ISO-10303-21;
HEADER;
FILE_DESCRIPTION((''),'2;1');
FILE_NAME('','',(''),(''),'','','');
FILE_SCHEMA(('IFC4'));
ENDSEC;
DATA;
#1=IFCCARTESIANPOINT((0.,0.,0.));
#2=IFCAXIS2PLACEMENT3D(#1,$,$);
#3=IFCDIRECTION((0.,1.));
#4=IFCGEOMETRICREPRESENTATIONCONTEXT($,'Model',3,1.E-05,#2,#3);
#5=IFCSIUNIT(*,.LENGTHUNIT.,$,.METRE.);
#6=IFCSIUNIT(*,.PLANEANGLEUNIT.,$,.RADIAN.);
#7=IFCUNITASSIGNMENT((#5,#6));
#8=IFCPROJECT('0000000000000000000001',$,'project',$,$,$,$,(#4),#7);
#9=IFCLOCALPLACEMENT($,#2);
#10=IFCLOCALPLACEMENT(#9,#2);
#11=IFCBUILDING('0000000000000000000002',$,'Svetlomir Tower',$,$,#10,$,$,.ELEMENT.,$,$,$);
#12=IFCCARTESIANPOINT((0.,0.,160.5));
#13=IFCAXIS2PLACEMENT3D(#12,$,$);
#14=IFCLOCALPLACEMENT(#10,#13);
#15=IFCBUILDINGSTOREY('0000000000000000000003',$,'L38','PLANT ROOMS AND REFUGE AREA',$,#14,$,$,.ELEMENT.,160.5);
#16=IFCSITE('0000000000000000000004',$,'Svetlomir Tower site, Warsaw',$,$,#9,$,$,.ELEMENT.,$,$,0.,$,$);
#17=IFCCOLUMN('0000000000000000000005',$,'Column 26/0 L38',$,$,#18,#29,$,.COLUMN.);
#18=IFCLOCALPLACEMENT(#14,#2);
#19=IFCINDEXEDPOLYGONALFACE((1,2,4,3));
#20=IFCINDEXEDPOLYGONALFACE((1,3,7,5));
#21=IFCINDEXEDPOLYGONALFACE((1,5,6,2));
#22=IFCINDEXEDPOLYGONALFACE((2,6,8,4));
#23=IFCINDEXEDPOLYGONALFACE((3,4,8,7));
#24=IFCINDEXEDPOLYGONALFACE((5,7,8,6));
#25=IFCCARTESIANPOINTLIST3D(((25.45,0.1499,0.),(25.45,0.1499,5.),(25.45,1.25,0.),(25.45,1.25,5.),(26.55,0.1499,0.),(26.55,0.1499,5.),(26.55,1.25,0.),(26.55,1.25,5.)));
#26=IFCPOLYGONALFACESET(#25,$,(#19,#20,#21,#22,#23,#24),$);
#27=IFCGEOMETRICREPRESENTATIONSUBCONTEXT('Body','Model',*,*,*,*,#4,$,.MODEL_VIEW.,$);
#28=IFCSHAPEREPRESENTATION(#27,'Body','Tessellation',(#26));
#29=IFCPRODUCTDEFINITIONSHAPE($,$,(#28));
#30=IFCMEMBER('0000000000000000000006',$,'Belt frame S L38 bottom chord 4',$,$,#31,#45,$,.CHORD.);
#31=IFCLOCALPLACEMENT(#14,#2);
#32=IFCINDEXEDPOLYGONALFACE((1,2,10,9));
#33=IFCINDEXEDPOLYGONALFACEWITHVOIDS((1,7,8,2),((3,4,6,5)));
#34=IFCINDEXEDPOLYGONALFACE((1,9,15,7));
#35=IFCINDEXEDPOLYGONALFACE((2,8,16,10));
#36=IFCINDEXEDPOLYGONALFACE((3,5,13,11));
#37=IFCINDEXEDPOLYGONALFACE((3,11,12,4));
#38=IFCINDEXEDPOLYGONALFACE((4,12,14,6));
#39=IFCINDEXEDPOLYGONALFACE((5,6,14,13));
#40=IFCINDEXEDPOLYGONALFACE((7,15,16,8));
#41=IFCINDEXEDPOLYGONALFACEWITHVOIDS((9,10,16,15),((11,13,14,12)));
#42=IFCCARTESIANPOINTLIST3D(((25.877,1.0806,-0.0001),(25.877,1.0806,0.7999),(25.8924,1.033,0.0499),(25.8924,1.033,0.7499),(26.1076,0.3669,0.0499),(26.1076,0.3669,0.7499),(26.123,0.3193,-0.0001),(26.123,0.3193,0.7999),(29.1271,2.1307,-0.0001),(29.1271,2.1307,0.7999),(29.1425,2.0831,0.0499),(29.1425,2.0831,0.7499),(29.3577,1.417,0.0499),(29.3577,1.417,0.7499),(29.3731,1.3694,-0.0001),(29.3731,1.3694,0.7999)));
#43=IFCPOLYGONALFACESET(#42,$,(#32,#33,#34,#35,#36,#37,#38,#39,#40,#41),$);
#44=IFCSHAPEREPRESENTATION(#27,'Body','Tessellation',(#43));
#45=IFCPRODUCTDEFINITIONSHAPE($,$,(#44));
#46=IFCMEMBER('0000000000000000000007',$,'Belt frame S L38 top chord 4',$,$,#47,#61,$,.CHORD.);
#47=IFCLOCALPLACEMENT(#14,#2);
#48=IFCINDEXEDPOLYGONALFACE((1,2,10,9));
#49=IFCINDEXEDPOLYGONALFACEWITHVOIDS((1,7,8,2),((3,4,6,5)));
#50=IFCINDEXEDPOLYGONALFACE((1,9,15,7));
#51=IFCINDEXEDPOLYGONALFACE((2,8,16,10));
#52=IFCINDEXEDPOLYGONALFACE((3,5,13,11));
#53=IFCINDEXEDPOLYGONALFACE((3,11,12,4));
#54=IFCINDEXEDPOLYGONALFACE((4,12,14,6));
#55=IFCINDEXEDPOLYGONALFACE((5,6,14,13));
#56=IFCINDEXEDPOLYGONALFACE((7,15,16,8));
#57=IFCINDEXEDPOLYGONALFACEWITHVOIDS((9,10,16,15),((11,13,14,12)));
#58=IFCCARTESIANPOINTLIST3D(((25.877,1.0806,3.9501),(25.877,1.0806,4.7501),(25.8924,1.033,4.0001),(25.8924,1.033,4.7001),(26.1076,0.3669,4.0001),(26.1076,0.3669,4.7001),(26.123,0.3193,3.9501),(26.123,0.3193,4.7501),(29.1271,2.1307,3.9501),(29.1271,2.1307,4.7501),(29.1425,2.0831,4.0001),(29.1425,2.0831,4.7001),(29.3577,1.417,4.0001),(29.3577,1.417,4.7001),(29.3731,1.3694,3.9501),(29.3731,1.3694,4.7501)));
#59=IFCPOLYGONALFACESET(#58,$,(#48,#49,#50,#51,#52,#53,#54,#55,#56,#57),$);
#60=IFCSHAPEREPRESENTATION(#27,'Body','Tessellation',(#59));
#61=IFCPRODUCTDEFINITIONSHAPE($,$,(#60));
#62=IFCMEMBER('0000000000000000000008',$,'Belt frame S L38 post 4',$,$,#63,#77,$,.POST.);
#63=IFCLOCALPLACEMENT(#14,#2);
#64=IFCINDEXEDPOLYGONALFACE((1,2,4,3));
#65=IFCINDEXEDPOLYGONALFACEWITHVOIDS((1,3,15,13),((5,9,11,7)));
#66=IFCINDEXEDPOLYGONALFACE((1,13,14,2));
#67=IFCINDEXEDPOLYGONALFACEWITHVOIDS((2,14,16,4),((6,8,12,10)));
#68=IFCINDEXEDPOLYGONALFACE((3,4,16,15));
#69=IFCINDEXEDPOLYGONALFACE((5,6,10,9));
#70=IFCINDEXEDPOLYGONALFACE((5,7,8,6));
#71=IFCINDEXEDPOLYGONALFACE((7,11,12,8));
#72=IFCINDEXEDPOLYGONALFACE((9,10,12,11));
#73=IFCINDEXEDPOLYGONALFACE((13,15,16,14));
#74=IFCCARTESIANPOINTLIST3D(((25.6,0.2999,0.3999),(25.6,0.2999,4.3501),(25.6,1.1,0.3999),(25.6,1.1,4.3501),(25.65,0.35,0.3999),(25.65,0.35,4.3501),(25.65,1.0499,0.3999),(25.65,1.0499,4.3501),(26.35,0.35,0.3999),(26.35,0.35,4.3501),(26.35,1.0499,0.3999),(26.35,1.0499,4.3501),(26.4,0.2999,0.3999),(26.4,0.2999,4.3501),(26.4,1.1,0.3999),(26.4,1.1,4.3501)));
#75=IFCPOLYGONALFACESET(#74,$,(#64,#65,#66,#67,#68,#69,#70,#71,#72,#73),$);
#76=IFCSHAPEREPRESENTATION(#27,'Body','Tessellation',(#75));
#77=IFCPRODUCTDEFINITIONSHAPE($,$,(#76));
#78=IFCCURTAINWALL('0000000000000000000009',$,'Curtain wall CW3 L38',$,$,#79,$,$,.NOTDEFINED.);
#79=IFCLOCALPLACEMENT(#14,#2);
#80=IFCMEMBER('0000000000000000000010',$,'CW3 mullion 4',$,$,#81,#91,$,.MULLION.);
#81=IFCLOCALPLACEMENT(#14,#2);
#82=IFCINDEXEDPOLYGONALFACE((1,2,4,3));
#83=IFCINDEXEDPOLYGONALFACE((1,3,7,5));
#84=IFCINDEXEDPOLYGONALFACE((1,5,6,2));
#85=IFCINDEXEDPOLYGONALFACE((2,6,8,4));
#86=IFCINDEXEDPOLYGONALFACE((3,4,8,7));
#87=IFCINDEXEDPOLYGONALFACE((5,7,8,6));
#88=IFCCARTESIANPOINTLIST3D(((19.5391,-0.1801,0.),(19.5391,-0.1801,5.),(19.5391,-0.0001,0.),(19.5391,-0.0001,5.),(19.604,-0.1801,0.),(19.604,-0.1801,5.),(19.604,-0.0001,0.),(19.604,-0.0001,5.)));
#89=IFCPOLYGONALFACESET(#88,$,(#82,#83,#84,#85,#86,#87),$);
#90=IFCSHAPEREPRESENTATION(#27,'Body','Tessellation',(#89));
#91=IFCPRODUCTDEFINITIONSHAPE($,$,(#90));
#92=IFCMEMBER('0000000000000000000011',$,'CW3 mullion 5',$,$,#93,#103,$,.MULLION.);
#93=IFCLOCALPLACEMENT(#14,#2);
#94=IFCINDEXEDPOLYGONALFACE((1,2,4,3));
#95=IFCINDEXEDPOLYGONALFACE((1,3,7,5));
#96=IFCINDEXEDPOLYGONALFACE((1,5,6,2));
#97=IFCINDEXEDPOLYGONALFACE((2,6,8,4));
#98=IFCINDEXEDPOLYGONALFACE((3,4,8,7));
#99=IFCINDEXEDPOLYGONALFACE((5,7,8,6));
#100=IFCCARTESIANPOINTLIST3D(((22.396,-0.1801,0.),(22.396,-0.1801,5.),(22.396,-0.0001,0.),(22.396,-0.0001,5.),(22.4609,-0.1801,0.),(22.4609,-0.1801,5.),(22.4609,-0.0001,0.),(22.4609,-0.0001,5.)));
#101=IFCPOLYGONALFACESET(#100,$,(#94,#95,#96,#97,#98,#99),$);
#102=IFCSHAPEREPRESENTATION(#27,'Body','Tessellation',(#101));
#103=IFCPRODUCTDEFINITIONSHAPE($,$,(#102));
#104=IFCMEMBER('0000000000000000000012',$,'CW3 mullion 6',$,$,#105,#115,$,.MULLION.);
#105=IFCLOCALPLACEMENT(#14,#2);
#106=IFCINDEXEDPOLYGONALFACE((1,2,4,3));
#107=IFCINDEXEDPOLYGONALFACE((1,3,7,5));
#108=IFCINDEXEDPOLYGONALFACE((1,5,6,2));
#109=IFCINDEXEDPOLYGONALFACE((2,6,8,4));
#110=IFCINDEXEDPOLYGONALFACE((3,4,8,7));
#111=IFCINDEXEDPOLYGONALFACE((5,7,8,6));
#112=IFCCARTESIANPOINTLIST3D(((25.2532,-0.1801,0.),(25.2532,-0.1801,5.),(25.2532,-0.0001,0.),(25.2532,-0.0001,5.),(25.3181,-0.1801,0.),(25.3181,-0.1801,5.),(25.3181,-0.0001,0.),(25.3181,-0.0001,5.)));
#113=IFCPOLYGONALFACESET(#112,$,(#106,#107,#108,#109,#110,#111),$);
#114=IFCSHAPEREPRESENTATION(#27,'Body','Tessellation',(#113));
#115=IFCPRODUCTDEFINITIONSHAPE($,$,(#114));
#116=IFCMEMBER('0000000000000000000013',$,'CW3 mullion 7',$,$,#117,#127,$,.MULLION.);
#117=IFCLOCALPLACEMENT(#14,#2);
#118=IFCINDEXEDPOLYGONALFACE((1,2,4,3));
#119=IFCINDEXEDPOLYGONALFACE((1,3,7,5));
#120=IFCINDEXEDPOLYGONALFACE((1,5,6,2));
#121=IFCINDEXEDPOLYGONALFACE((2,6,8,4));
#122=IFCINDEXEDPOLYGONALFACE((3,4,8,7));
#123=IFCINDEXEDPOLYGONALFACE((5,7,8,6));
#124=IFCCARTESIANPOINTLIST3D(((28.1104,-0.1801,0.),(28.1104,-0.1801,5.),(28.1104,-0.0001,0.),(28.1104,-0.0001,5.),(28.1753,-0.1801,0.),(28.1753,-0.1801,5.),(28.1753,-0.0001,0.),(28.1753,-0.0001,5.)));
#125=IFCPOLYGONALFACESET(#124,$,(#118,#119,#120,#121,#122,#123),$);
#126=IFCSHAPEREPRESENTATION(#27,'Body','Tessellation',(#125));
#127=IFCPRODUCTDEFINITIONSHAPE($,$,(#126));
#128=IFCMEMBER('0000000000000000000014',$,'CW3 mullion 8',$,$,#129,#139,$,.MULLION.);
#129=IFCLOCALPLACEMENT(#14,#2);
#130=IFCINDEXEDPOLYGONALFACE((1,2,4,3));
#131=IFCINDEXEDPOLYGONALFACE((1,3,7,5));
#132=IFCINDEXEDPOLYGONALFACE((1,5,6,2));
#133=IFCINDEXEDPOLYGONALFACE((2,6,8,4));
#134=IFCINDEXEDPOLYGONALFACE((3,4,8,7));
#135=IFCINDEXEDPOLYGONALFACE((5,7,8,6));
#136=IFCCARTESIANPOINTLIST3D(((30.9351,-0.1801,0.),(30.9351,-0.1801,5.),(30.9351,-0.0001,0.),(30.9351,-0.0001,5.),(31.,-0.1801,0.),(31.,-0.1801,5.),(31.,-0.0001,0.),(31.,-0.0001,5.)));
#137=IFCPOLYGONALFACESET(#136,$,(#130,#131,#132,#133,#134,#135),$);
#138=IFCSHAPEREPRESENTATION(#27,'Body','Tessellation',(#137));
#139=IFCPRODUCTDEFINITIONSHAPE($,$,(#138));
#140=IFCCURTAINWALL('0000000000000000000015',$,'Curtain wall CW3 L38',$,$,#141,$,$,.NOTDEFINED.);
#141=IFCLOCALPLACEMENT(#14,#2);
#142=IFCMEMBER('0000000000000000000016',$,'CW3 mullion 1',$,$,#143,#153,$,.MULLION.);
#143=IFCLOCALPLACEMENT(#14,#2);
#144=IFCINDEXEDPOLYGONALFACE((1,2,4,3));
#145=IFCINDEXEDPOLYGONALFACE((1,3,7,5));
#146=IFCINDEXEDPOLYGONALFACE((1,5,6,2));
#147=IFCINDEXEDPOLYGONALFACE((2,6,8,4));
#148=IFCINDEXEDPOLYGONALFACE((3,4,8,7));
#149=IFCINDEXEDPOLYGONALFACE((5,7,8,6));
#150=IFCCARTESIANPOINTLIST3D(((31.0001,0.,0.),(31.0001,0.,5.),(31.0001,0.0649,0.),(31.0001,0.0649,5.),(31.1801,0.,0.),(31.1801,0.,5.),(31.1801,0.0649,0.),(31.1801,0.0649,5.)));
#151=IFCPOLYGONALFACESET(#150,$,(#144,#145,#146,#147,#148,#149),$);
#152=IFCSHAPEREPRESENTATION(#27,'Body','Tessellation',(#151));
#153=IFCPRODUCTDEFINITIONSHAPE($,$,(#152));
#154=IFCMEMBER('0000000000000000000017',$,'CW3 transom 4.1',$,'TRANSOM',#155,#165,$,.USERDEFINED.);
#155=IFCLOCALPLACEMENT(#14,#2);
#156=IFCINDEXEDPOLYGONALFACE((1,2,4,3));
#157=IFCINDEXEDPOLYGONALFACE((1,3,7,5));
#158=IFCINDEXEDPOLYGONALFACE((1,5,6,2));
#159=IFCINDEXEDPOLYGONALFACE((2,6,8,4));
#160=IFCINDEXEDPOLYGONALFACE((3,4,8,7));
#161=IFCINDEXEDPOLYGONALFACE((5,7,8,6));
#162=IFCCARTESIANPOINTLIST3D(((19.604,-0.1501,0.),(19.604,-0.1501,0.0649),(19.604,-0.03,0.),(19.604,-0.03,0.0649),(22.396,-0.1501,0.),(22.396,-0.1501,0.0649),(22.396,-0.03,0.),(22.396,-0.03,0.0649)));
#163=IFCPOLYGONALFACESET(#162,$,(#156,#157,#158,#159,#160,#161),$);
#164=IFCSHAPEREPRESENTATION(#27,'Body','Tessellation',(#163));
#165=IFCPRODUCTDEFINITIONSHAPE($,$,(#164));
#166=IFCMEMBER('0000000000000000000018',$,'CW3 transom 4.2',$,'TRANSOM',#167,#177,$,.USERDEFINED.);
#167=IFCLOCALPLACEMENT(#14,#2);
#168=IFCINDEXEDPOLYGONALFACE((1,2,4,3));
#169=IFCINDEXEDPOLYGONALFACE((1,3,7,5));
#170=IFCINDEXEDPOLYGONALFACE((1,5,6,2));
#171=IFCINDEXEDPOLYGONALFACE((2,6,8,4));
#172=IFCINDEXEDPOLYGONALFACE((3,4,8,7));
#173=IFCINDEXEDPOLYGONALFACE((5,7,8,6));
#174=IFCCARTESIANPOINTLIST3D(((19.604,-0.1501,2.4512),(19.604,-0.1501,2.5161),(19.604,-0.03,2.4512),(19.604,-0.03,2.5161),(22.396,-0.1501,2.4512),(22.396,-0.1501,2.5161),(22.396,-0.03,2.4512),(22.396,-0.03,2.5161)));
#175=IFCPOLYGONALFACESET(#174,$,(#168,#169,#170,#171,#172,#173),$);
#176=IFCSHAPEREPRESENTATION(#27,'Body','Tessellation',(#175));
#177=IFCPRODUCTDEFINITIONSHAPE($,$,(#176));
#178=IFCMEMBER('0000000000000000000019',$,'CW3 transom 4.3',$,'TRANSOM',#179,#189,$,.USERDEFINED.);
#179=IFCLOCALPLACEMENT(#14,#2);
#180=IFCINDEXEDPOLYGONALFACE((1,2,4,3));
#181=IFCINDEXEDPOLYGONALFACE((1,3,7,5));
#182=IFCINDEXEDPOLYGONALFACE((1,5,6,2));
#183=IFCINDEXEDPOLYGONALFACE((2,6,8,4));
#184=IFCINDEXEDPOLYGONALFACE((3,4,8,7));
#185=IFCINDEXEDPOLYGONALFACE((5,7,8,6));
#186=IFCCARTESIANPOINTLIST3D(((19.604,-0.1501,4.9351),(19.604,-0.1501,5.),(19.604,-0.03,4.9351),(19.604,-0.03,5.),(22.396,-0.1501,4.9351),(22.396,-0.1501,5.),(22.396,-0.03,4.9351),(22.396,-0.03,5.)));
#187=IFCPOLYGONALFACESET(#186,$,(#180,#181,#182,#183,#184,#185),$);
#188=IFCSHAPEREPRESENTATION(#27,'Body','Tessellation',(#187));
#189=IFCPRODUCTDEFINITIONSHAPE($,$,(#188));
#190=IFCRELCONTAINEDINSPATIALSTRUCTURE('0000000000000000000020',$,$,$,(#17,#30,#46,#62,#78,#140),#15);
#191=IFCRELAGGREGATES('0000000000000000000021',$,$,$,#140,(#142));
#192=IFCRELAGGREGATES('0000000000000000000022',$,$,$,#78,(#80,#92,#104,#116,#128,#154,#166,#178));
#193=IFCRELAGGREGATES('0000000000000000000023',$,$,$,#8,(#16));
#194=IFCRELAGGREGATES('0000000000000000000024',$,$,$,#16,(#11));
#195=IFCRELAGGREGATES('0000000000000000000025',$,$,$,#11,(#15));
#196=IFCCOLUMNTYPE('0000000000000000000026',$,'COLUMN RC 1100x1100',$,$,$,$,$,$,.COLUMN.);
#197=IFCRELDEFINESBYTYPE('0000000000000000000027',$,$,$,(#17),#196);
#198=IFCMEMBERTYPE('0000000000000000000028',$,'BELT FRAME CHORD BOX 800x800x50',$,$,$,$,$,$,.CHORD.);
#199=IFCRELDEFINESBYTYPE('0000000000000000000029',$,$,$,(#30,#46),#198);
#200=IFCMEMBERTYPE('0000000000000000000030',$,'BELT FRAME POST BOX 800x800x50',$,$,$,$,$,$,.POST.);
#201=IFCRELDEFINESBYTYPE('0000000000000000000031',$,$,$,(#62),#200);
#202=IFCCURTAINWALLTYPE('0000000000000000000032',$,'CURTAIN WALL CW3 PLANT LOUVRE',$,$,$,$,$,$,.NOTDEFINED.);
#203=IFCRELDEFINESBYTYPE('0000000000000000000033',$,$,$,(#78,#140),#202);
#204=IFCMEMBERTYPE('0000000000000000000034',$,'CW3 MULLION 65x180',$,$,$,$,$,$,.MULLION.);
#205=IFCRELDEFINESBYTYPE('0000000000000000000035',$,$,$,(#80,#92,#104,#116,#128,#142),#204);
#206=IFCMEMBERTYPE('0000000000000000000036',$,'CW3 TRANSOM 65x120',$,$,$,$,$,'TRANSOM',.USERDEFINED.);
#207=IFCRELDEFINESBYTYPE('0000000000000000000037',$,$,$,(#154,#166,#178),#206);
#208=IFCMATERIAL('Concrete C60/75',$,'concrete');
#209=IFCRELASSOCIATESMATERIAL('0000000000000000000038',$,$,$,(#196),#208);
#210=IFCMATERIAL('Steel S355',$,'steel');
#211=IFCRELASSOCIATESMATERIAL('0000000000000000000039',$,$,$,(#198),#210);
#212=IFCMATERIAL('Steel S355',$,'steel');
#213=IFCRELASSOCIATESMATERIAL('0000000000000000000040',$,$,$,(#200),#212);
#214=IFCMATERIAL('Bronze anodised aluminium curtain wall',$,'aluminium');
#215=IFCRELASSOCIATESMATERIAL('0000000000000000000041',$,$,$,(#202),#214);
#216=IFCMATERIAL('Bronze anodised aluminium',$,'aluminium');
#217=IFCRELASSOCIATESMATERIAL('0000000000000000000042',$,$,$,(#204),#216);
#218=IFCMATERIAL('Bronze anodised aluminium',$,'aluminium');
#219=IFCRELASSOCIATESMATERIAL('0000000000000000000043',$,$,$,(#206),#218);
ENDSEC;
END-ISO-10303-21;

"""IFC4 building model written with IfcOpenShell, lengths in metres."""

from ifc_helpers import new_model, si_unit, direction, frame, origin, origin_2d, place, context, subcontext, project, spatial, rectangle, hollow_rectangle, extrude, material, material_profile, profile_set, type_object, element, aggregate, save


model = new_model("IFC4")

# Units and contexts
model_context = context("Model", 3, precision=1e-05, world=origin(), true_north=direction((0.0, 1.0)))
body_context = subcontext(model_context, "Body", "Model", "MODEL_VIEW")
ifc_project = project(units=[si_unit("LENGTHUNIT", "METRE"), si_unit("PLANEANGLEUNIT", "RADIAN")], contexts=[model_context])

# Site, building, storey
site_placement = place(None, origin())
site = spatial("IfcSite", under=ifc_project, at=site_placement, Name="Svetlomir Tower site, Warsaw", CompositionType="ELEMENT", RefElevation=0.0)
building_placement = place(site_placement, origin())
building = spatial("IfcBuilding", under=site, at=building_placement, Name="Svetlomir Tower", CompositionType="ELEMENT")
storey_placement = place(building_placement, frame((0.0, 0.0, 160.5)))
storey = spatial("IfcBuildingStorey", under=building, at=storey_placement, Name="L38", Description="PLANT ROOMS AND REFUGE AREA", CompositionType="ELEMENT", Elevation=160.5)

# Column
ifc_material_1 = material(Name="Concrete C60/75", Category="concrete")
ifc_material_profile_1 = material_profile(ifc_material_1, rectangle(XDim=1.1001, YDim=1.1001, at=origin_2d()), Name="RC 1100x1100")
ifc_profile_set_1 = profile_set([ifc_material_profile_1], Name="Concrete C60/75")
column_type = type_object("IfcColumnType", Name="COLUMN RC 1100x1100", PredefinedType="COLUMN", material=ifc_profile_set_1)
column_placement = place(storey_placement, frame((26.0, 0.7, 0.0), z_axis=(0.0, 0.0, 1.0), x_axis=(1.0, 0.0, 0.0)))
element("IfcColumn", 1, at=column_placement, inside=storey, type_object=column_type, Name="Column 26/0 L38", PredefinedType="COLUMN", context=body_context, shape_type="SweptSolid", body=[
    extrude(rectangle(XDim=1.1001, YDim=1.1001, at=origin_2d()), origin(), (0.0, 0.0, 1.0), 5.0),
])

# Members
ifc_material_2 = material(Name="Steel S355", Category="steel")
ifc_material_profile_2 = material_profile(ifc_material_2, hollow_rectangle(XDim=0.8, YDim=0.8, WallThickness=0.05, at=origin_2d()), Name="BOX 800x800x50")
ifc_profile_set_2 = profile_set([ifc_material_profile_2], Name="Steel S355")
member_type_1 = type_object("IfcMemberType", Name="BELT FRAME CHORD BOX 800x800x50", PredefinedType="CHORD", material=ifc_profile_set_2)
for number, where, z_axis, x_axis, name in (
    (2, (26.0, 0.7, 0.3999), (0.951566, 0.307443, 0.0), (-0.307443, 0.951566, 0.0), "Belt frame S L38 bottom chord 4"),
    (3, (26.0, 0.7, 4.3501), (0.951566, 0.307443, 0.0), (-0.307443, 0.951566, 0.0), "Belt frame S L38 top chord 4"),
):
    element("IfcMember", number, at=place(storey_placement, frame(where, z_axis=z_axis, x_axis=x_axis)), inside=storey, type_object=member_type_1, Name=name, PredefinedType="CHORD", context=body_context, shape_type="SweptSolid", body=[
        extrude(hollow_rectangle(XDim=0.8, YDim=0.8, WallThickness=0.05, at=origin_2d()), origin(), (0.0, 0.0, 1.0), 3.4155),
    ])
ifc_material_3 = material(Name="Steel S355", Category="steel")
ifc_material_profile_3 = material_profile(ifc_material_3, hollow_rectangle(XDim=0.8, YDim=0.8, WallThickness=0.05, at=origin_2d()), Name="BOX 800x800x50")
ifc_profile_set_3 = profile_set([ifc_material_profile_3], Name="Steel S355")
member_type_2 = type_object("IfcMemberType", Name="BELT FRAME POST BOX 800x800x50", PredefinedType="POST", material=ifc_profile_set_3)
member_1_placement = place(storey_placement, frame((26.0, 0.7, 0.3999), z_axis=(0.0, 0.0, 1.0), x_axis=(1.0, 0.0, 0.0)))
element("IfcMember", 4, at=member_1_placement, inside=storey, type_object=member_type_2, Name="Belt frame S L38 post 4", PredefinedType="POST", context=body_context, shape_type="SweptSolid", body=[
    extrude(hollow_rectangle(XDim=0.8, YDim=0.8, WallThickness=0.05, at=origin_2d()), origin(), (0.0, 0.0, 1.0), 3.9502),
])

# Curtain wall, members
ifc_material_4 = material(Name="Bronze anodised aluminium curtain wall", Category="aluminium")
curtain_wall_type = type_object("IfcCurtainWallType", Name="CURTAIN WALL CW3 PLANT LOUVRE", PredefinedType="NOTDEFINED", material=ifc_material_4)
curtain_wall_1_placement = place(storey_placement, origin())
curtain_wall_1 = element("IfcCurtainWall", 5, at=curtain_wall_1_placement, inside=storey, type_object=curtain_wall_type, Name="Curtain wall CW3 L38", PredefinedType="NOTDEFINED")
ifc_material_5 = material(Name="Bronze anodised aluminium", Category="aluminium")
ifc_material_profile_4 = material_profile(ifc_material_5, rectangle(XDim=0.0649, YDim=0.1799, at=origin_2d()), Name="AL 65x180")
ifc_profile_set_4 = profile_set([ifc_material_profile_4], Name="Bronze anodised aluminium 6063-T6")
member_type_3 = type_object("IfcMemberType", Name="CW3 MULLION 65x180", PredefinedType="MULLION", material=ifc_profile_set_4)
member_2_placement = place(storey_placement, frame((19.5715, -0.0901, 0.0), z_axis=(0.0, 0.0, 1.0), x_axis=(1.0, 0.0, 0.0)))
member_2 = element("IfcMember", 6, at=member_2_placement, type_object=member_type_3, Name="CW3 mullion 4", PredefinedType="MULLION", context=body_context, shape_type="SweptSolid", body=[
    extrude(rectangle(XDim=0.0649, YDim=0.1799, at=origin_2d()), origin(), (0.0, 0.0, 1.0), 5.0),
])
member_3_placement = place(storey_placement, frame((22.4285, -0.0901, 0.0), z_axis=(0.0, 0.0, 1.0), x_axis=(1.0, 0.0, 0.0)))
member_3 = element("IfcMember", 7, at=member_3_placement, type_object=member_type_3, Name="CW3 mullion 5", PredefinedType="MULLION", context=body_context, shape_type="SweptSolid", body=[
    extrude(rectangle(XDim=0.0649, YDim=0.1799, at=origin_2d()), origin(), (0.0, 0.0, 1.0), 5.0),
])
member_4_placement = place(storey_placement, frame((25.2856, -0.0901, 0.0), z_axis=(0.0, 0.0, 1.0), x_axis=(1.0, 0.0, 0.0)))
member_4 = element("IfcMember", 8, at=member_4_placement, type_object=member_type_3, Name="CW3 mullion 6", PredefinedType="MULLION", context=body_context, shape_type="SweptSolid", body=[
    extrude(rectangle(XDim=0.0649, YDim=0.1799, at=origin_2d()), origin(), (0.0, 0.0, 1.0), 5.0),
])
member_5_placement = place(storey_placement, frame((28.1428, -0.0901, 0.0), z_axis=(0.0, 0.0, 1.0), x_axis=(1.0, 0.0, 0.0)))
member_5 = element("IfcMember", 9, at=member_5_placement, type_object=member_type_3, Name="CW3 mullion 7", PredefinedType="MULLION", context=body_context, shape_type="SweptSolid", body=[
    extrude(rectangle(XDim=0.0649, YDim=0.1799, at=origin_2d()), origin(), (0.0, 0.0, 1.0), 5.0),
])
member_6_placement = place(storey_placement, frame((30.9675, -0.0901, 0.0), z_axis=(0.0, 0.0, 1.0), x_axis=(1.0, 0.0, 0.0)))
member_6 = element("IfcMember", 10, at=member_6_placement, type_object=member_type_3, Name="CW3 mullion 8", PredefinedType="MULLION", context=body_context, shape_type="SweptSolid", body=[
    extrude(rectangle(XDim=0.0649, YDim=0.1799, at=origin_2d()), origin(), (0.0, 0.0, 1.0), 5.0),
])

# Curtain wall, member
curtain_wall_2_placement = place(storey_placement, origin())
curtain_wall_2 = element("IfcCurtainWall", 11, at=curtain_wall_2_placement, inside=storey, type_object=curtain_wall_type, Name="Curtain wall CW3 L38", PredefinedType="NOTDEFINED")
member_7_placement = place(storey_placement, frame((31.0901, 0.0325, 0.0), z_axis=(0.0, 0.0, 1.0), x_axis=(0.0, 1.0, 0.0)))
member_7 = element("IfcMember", 12, at=member_7_placement, type_object=member_type_3, Name="CW3 mullion 1", PredefinedType="MULLION", context=body_context, shape_type="SweptSolid", body=[
    extrude(rectangle(XDim=0.0649, YDim=0.1799, at=origin_2d()), origin(), (0.0, 0.0, 1.0), 5.0),
])

# Members
ifc_material_6 = material(Name="Bronze anodised aluminium", Category="aluminium")
ifc_material_profile_5 = material_profile(ifc_material_6, rectangle(XDim=0.1201, YDim=0.0649, at=origin_2d()), Name="AL 120x65")
ifc_profile_set_5 = profile_set([ifc_material_profile_5], Name="Bronze anodised aluminium 6063-T6")
member_type_4 = type_object("IfcMemberType", Name="CW3 TRANSOM 65x120", ElementType="TRANSOM", PredefinedType="USERDEFINED", material=ifc_profile_set_5)
member_8_placement = place(storey_placement, frame((19.604, -0.0901, 0.0325), z_axis=(1.0, 0.0, 0.0), x_axis=(0.0, 1.0, 0.0)))
member_8 = element("IfcMember", 13, at=member_8_placement, type_object=member_type_4, Name="CW3 transom 4.1", ObjectType="TRANSOM", PredefinedType="USERDEFINED", context=body_context, shape_type="SweptSolid", body=[
    extrude(rectangle(XDim=0.1201, YDim=0.0649, at=origin_2d()), origin(), (0.0, 0.0, 1.0), 2.792),
])
member_9_placement = place(storey_placement, frame((19.604, -0.0901, 2.4836), z_axis=(1.0, 0.0, 0.0), x_axis=(0.0, 1.0, 0.0)))
member_9 = element("IfcMember", 14, at=member_9_placement, type_object=member_type_4, Name="CW3 transom 4.2", ObjectType="TRANSOM", PredefinedType="USERDEFINED", context=body_context, shape_type="SweptSolid", body=[
    extrude(rectangle(XDim=0.1201, YDim=0.0649, at=origin_2d()), origin(), (0.0, 0.0, 1.0), 2.792),
])
member_10_placement = place(storey_placement, frame((19.604, -0.0901, 4.9675), z_axis=(1.0, 0.0, 0.0), x_axis=(0.0, 1.0, 0.0)))
member_10 = element("IfcMember", 15, at=member_10_placement, type_object=member_type_4, Name="CW3 transom 4.3", ObjectType="TRANSOM", PredefinedType="USERDEFINED", context=body_context, shape_type="SweptSolid", body=[
    extrude(rectangle(XDim=0.1201, YDim=0.0649, at=origin_2d()), origin(), (0.0, 0.0, 1.0), 2.792),
])
aggregate(curtain_wall_2, [member_7])

aggregate(curtain_wall_1, [member_2, member_3, member_4, member_5, member_6, member_8, member_9, member_10])

save(model, "model.ifc")
